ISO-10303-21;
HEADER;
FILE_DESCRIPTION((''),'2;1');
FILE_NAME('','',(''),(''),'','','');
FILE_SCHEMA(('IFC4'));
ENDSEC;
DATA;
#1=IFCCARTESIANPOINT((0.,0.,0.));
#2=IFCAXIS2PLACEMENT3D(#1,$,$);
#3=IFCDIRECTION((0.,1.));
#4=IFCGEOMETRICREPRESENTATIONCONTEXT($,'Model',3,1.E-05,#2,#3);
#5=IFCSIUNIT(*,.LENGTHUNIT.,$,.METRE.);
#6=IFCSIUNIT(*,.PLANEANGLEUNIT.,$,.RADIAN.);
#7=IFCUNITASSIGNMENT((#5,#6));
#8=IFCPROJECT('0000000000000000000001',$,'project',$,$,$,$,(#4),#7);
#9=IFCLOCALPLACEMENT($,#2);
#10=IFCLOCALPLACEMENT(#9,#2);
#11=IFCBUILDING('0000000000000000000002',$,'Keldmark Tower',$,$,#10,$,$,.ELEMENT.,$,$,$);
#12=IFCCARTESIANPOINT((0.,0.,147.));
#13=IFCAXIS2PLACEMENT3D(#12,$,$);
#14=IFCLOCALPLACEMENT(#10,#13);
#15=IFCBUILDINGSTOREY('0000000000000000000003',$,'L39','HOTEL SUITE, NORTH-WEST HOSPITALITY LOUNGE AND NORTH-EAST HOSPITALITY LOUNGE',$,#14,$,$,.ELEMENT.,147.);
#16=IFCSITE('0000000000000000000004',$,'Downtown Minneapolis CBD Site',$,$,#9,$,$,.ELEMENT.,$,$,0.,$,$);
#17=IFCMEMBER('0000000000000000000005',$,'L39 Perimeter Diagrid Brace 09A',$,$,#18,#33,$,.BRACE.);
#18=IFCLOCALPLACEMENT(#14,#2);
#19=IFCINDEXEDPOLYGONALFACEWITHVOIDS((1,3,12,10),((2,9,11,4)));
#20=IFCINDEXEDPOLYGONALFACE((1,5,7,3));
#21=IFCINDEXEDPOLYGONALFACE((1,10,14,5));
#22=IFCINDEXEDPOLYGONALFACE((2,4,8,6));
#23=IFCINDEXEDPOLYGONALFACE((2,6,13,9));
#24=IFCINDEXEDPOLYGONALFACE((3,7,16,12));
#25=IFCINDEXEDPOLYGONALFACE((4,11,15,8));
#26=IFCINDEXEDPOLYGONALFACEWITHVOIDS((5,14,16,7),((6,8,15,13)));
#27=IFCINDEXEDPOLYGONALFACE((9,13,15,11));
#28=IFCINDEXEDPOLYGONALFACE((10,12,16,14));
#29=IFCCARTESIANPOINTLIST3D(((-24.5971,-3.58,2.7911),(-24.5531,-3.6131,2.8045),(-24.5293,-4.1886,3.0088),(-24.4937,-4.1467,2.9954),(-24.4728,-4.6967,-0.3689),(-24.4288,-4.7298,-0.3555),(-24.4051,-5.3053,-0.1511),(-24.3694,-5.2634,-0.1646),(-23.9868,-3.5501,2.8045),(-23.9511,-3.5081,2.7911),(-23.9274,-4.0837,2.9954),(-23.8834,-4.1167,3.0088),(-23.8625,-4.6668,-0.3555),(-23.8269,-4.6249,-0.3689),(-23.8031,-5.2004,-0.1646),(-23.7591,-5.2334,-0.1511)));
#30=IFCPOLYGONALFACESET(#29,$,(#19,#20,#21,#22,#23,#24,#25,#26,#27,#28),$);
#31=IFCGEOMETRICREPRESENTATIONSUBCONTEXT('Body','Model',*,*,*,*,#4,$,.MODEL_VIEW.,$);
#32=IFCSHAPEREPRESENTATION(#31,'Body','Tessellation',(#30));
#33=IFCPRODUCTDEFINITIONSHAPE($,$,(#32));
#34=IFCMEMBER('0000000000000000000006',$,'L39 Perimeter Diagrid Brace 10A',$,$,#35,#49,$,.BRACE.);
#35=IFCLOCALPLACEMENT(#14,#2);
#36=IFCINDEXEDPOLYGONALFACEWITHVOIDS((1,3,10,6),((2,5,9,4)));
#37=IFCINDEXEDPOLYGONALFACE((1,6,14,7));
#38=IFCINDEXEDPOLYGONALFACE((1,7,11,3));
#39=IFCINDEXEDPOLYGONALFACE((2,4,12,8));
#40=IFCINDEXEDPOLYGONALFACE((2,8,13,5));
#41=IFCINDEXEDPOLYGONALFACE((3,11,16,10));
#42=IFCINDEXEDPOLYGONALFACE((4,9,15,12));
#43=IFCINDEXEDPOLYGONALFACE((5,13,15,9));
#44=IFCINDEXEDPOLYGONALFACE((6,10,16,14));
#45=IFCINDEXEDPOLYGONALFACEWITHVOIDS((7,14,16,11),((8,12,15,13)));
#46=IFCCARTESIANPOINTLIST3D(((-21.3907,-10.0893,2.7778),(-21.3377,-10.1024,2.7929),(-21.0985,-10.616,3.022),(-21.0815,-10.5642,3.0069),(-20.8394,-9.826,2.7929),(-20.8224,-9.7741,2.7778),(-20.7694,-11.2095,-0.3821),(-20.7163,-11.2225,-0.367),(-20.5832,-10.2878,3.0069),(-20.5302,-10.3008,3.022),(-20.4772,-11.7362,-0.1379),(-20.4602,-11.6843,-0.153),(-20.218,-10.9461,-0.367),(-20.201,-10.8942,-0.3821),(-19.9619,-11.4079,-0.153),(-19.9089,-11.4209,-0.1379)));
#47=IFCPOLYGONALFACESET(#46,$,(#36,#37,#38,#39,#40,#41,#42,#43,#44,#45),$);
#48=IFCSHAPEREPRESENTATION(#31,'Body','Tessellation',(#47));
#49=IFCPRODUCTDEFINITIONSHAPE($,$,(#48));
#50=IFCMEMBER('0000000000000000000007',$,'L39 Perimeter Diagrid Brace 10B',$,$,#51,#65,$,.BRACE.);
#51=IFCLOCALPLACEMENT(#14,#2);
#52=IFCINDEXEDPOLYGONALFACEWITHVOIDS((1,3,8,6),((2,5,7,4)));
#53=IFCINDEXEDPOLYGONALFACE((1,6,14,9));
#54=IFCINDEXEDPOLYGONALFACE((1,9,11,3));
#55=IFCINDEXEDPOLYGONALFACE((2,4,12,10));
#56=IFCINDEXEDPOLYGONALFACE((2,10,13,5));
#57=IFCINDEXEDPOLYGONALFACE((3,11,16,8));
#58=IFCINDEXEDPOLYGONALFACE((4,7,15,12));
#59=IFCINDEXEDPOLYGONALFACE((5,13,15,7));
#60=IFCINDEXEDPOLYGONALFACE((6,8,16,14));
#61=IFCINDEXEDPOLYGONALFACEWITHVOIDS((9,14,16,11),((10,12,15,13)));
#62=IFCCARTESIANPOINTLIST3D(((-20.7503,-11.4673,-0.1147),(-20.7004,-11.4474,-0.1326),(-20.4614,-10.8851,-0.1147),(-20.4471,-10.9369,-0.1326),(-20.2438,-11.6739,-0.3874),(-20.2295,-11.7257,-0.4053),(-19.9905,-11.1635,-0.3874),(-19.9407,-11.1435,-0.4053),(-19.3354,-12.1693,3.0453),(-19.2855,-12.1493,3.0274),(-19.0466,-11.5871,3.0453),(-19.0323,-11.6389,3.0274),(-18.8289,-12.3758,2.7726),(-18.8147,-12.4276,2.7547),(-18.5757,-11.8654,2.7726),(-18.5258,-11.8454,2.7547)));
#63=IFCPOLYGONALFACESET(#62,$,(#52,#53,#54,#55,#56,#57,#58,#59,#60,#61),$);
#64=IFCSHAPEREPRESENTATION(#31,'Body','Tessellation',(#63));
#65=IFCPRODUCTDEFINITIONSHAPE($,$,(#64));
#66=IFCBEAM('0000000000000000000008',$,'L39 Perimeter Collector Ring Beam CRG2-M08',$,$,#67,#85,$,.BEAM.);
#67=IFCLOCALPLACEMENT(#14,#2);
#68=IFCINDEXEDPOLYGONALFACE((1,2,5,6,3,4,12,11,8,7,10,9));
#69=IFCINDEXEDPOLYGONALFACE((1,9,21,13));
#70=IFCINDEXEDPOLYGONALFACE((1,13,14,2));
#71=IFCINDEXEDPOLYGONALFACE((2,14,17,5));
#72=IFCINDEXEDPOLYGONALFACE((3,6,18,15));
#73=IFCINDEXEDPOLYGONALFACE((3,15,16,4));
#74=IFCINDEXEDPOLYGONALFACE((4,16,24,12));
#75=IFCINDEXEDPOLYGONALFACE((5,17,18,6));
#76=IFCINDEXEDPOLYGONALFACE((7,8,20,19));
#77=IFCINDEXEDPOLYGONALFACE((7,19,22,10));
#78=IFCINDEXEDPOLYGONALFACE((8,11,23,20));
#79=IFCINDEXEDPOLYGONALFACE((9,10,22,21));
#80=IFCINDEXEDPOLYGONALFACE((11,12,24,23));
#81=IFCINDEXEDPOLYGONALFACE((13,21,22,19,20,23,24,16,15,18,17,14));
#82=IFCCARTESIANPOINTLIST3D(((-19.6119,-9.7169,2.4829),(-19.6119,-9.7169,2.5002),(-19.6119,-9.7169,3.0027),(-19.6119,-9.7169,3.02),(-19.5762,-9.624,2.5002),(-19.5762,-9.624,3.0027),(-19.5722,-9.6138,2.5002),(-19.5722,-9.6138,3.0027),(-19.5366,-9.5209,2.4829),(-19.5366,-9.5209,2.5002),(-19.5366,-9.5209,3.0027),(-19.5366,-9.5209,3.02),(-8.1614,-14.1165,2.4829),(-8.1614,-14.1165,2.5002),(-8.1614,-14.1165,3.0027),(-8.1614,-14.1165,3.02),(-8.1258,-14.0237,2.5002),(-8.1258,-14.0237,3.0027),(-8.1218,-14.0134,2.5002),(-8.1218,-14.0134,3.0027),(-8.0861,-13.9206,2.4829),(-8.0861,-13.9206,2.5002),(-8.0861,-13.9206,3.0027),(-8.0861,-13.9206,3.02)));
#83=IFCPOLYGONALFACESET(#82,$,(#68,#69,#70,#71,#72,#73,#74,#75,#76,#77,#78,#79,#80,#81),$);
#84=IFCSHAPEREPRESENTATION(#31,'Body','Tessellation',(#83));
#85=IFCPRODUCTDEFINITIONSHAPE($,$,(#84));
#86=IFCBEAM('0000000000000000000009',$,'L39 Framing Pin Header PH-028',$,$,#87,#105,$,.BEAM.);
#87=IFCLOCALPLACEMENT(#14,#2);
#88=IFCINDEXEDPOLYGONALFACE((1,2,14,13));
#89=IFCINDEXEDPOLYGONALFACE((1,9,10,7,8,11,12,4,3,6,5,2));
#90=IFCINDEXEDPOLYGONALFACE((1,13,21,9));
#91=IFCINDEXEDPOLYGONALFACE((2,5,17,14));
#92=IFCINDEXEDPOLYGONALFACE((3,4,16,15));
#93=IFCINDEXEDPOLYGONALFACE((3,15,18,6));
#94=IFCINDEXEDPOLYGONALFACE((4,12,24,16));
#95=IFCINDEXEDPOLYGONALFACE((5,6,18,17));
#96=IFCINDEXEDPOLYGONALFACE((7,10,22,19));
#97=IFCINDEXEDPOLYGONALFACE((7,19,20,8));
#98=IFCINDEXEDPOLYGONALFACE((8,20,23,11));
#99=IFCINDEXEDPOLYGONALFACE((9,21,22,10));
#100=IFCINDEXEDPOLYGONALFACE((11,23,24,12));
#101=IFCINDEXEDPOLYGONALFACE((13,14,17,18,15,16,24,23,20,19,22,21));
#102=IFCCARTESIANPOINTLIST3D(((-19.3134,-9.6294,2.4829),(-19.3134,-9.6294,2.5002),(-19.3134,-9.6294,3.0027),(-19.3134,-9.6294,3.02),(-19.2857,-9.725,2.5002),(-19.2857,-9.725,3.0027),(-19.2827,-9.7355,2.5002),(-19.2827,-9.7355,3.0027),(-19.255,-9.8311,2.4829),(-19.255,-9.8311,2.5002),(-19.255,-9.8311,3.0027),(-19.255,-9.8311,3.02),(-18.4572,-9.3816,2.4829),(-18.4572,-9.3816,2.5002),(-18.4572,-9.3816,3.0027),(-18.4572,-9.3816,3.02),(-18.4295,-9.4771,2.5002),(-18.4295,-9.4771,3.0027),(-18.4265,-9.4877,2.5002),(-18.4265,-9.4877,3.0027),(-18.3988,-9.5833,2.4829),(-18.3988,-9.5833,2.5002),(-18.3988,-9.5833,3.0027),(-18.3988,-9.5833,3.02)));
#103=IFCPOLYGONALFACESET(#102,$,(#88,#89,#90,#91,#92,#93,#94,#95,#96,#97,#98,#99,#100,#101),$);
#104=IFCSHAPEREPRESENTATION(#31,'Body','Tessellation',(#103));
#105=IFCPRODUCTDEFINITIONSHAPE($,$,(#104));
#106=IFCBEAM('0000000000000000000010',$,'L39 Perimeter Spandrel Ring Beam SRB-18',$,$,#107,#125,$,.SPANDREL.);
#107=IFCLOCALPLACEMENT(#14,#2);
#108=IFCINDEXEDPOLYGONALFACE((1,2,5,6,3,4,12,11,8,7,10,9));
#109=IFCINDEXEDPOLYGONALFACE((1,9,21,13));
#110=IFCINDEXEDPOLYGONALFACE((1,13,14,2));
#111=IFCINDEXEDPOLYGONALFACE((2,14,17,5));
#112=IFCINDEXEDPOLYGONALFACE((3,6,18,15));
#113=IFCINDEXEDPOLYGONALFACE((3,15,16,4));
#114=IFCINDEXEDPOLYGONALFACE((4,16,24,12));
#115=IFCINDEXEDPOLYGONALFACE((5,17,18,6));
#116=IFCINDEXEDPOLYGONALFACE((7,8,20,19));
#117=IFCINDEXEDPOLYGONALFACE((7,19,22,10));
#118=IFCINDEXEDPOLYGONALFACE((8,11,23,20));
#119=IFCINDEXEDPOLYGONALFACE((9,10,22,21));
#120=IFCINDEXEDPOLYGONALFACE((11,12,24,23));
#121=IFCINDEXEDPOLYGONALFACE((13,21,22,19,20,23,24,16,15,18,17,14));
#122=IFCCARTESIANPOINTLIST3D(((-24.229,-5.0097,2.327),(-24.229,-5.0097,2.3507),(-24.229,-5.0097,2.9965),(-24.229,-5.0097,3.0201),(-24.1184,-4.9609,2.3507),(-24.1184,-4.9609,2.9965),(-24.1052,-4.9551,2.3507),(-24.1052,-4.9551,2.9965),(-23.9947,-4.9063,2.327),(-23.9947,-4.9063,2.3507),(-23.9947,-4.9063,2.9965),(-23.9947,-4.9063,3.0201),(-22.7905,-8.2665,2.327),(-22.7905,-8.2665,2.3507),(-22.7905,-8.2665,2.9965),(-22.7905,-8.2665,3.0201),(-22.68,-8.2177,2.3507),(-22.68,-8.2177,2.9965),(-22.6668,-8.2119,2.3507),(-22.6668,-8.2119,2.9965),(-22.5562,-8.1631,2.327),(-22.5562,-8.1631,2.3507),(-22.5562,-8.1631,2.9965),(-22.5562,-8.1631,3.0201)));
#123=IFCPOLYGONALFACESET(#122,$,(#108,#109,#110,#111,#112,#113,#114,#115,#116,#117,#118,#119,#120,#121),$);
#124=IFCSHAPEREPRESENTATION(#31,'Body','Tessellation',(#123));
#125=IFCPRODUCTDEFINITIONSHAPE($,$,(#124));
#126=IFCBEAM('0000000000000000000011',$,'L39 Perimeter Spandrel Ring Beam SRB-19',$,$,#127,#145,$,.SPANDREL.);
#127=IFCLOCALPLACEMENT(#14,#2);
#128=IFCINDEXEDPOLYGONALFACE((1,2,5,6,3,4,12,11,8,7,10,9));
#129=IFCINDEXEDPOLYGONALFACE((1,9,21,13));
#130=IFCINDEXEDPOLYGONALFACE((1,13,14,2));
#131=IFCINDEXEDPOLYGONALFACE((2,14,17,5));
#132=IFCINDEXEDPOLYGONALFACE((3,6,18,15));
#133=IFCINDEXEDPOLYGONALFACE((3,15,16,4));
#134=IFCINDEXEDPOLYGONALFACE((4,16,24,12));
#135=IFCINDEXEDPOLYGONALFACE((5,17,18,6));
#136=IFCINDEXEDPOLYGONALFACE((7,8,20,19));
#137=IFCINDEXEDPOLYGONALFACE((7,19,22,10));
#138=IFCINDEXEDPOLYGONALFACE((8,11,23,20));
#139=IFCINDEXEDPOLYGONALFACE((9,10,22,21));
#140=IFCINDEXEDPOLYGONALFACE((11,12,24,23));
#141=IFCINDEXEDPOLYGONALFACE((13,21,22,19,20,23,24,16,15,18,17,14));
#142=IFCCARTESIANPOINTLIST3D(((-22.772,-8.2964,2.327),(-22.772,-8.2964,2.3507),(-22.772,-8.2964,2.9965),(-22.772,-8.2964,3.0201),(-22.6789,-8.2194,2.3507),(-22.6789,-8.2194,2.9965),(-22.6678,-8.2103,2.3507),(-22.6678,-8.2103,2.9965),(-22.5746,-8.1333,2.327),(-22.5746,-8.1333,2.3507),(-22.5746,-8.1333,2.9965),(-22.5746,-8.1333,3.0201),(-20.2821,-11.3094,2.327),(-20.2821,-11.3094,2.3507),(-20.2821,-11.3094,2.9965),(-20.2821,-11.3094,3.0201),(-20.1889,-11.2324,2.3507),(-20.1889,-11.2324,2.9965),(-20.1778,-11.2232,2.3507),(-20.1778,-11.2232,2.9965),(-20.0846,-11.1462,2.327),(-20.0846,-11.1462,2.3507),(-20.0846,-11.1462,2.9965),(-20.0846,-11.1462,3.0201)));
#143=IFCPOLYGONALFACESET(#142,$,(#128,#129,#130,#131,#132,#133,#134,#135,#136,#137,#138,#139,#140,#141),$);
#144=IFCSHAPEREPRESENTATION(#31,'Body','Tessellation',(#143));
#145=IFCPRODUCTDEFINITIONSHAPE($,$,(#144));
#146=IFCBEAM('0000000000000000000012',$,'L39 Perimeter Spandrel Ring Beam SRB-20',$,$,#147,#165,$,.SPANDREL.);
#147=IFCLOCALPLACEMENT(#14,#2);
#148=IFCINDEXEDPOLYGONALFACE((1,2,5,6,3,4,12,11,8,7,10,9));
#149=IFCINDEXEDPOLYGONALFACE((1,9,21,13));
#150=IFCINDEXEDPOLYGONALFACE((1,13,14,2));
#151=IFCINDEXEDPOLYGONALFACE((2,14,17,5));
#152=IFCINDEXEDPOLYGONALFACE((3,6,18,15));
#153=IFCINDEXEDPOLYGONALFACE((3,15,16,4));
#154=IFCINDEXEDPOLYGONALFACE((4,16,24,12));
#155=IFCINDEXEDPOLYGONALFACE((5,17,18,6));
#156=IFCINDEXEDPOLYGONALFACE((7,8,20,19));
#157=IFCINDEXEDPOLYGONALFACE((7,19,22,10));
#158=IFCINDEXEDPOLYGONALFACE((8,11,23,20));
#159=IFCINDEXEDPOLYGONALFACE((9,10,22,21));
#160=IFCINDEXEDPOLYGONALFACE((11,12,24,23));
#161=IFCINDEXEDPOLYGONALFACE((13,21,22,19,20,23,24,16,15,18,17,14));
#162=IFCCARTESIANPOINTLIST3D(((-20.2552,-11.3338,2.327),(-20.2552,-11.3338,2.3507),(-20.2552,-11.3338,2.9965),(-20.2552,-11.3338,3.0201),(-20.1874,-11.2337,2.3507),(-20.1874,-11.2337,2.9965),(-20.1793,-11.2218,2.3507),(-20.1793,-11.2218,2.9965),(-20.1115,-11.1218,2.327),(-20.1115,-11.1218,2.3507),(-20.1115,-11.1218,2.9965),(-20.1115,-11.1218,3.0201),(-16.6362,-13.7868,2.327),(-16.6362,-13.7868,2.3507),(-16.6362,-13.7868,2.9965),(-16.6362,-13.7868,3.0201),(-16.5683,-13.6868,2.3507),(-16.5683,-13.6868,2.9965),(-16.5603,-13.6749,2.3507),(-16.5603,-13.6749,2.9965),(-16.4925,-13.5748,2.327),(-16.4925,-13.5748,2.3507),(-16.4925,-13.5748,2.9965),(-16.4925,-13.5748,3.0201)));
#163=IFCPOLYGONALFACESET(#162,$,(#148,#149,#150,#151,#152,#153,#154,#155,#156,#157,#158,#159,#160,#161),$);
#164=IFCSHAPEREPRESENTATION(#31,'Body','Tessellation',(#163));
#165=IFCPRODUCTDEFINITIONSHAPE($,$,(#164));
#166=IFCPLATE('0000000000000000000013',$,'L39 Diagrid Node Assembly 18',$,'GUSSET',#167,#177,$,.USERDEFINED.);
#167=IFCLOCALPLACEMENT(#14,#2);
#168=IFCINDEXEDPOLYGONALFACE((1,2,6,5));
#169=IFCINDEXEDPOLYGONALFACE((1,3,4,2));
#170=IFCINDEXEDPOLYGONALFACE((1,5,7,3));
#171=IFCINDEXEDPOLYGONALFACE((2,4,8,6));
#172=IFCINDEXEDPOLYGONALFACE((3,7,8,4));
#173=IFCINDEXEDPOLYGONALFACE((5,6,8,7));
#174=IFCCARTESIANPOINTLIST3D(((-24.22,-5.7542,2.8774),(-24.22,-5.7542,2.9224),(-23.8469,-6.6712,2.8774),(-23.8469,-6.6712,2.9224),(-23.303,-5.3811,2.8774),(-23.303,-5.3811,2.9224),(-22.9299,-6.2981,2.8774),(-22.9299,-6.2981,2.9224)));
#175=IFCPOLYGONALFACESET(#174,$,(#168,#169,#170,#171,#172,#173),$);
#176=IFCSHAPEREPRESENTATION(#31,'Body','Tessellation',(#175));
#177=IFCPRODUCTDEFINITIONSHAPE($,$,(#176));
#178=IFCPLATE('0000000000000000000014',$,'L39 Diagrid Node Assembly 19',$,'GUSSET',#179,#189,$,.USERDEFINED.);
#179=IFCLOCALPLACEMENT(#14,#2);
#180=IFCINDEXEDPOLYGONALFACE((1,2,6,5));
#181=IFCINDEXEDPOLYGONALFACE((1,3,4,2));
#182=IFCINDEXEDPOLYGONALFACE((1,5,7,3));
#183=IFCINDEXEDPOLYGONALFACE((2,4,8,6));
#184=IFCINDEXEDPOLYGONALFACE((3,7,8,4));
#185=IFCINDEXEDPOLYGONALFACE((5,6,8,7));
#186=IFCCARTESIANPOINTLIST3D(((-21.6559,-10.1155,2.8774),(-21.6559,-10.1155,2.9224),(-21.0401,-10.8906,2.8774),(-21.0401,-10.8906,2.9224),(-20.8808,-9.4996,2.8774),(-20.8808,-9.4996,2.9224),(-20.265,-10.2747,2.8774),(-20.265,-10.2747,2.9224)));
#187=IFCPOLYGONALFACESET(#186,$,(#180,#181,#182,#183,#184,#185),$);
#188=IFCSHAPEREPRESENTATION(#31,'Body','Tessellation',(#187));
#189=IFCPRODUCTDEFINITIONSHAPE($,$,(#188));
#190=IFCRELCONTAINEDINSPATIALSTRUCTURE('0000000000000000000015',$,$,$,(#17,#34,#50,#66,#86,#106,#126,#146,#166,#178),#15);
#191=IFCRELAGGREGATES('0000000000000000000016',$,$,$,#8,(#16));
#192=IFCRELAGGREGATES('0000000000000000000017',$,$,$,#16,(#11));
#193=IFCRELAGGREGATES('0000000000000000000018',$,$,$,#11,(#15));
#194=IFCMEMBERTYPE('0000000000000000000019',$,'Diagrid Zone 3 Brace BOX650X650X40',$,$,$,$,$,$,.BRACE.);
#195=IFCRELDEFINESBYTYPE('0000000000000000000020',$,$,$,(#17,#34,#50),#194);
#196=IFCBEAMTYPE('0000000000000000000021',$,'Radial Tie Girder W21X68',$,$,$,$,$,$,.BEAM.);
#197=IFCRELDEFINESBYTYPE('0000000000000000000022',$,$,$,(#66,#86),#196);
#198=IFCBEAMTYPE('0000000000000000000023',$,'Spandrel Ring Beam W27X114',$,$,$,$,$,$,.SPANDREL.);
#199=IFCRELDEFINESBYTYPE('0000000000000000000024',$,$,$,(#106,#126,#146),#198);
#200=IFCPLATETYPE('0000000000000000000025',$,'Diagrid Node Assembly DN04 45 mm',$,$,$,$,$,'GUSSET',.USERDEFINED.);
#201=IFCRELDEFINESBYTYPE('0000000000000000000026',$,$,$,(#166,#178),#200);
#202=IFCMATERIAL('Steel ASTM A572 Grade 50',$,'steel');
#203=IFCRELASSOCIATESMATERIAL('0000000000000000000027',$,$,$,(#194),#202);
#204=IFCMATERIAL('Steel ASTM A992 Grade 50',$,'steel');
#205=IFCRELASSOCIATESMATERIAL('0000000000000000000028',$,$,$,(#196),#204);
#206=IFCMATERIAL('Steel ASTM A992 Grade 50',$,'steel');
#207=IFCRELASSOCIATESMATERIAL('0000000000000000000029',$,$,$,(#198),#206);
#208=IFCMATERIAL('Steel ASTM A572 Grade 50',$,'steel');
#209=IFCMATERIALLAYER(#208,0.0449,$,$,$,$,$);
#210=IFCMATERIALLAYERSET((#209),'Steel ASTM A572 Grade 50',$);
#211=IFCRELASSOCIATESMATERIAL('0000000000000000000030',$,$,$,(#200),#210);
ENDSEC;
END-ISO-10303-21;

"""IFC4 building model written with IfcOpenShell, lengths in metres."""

from ifc_helpers import new_model, si_unit, direction, frame, origin, origin_2d, place, context, subcontext, project, spatial, rectangle, hollow_rectangle, i_section, extrude, material, layer, layer_set, material_profile, profile_set, type_object, element, save


model = new_model("IFC4")

# Units and contexts
model_context = context("Model", 3, precision=1e-05, world=origin(), true_north=direction((0.0, 1.0)))
body_context = subcontext(model_context, "Body", "Model", "MODEL_VIEW")
ifc_project = project(units=[si_unit("LENGTHUNIT", "METRE"), si_unit("PLANEANGLEUNIT", "RADIAN")], contexts=[model_context])

# Site, building, storey
site_placement = place(None, origin())
site = spatial("IfcSite", under=ifc_project, at=site_placement, Name="Downtown Minneapolis CBD Site", CompositionType="ELEMENT", RefElevation=0.0)
building_placement = place(site_placement, origin())
building = spatial("IfcBuilding", under=site, at=building_placement, Name="Keldmark Tower", CompositionType="ELEMENT")
storey_placement = place(building_placement, frame((0.0, 0.0, 147.0)))
storey = spatial("IfcBuildingStorey", under=building, at=storey_placement, Name="L39", Description="HOTEL SUITE, NORTH-WEST HOSPITALITY LOUNGE AND NORTH-EAST HOSPITALITY LOUNGE", CompositionType="ELEMENT", Elevation=147.0)

# Members
ifc_material_1 = material(Name="Steel ASTM A572 Grade 50", Category="steel")
ifc_material_profile_1 = material_profile(ifc_material_1, hollow_rectangle(XDim=0.6499, YDim=0.6499, WallThickness=0.04, at=origin_2d()), Name="BOX650X650X40")
ifc_profile_set_1 = profile_set([ifc_material_profile_1], Name="Steel ASTM A572 Grade 50")
member_type = type_object("IfcMemberType", Name="Diagrid Zone 3 Brace BOX650X650X40", PredefinedType="BRACE", material=ifc_profile_set_1)
member_1_placement = place(storey_placement, frame((-24.116, -4.9651, -0.26), z_axis=(-0.037054, 0.332972, 0.942208), x_axis=(-0.993865, -0.110598, 0.0)))
element("IfcMember", 1, at=member_1_placement, inside=storey, type_object=member_type, Name="L39 Perimeter Diagrid Brace 09A", PredefinedType="BRACE", context=body_context, shape_type="SweptSolid", body=[
    extrude(hollow_rectangle(XDim=0.6499, YDim=0.6499, WallThickness=0.04, at=origin_2d()), origin(), (0.0, 0.0, 1.0), 3.3538),
])
member_2_placement = place(storey_placement, frame((-20.3391, -11.3152, -0.26), z_axis=(-0.182229, 0.328513, 0.926753), x_axis=(-0.874472, -0.485076, 0.0)))
element("IfcMember", 2, at=member_2_placement, inside=storey, type_object=member_type, Name="L39 Perimeter Diagrid Brace 10A", PredefinedType="BRACE", context=body_context, shape_type="SweptSolid", body=[
    extrude(hollow_rectangle(XDim=0.6499, YDim=0.6499, WallThickness=0.04, at=origin_2d()), origin(), (0.0, 0.0, 1.0), 3.4097),
])
member_3_placement = place(storey_placement, frame((-20.3455, -11.3054, -0.26), z_axis=(0.400495, -0.198693, 0.894497), x_axis=(0.444429, 0.895814, 0.0)))
element("IfcMember", 3, at=member_3_placement, inside=storey, type_object=member_type, Name="L39 Perimeter Diagrid Brace 10B", PredefinedType="BRACE", context=body_context, shape_type="SweptSolid", body=[
    extrude(hollow_rectangle(XDim=0.6499, YDim=0.6499, WallThickness=0.04, at=origin_2d()), origin(), (0.0, 0.0, 1.0), 3.5327),
])

# Beams
ifc_material_2 = material(Name="Steel ASTM A992 Grade 50", Category="steel")
ifc_material_profile_2 = material_profile(ifc_material_2, i_section(OverallWidth=0.21, OverallDepth=0.5371, WebThickness=0.011, FlangeThickness=0.0173, at=origin_2d()), Name="W21X68")
ifc_profile_set_2 = profile_set([ifc_material_profile_2], Name="Steel ASTM A992 Grade 50")
beam_type_1 = type_object("IfcBeamType", Name="Radial Tie Girder W21X68", PredefinedType="BEAM", material=ifc_profile_set_2)
beam_1_placement = place(storey_placement, frame((-19.5742, -9.6189, 2.7515), z_axis=(0.933465, -0.35867, 0.0), x_axis=(0.35867, 0.933465, 0.0)))
element("IfcBeam", 4, at=beam_1_placement, inside=storey, type_object=beam_type_1, Name="L39 Perimeter Collector Ring Beam CRG2-M08", PredefinedType="BEAM", context=body_context, shape_type="SweptSolid", body=[
    extrude(i_section(OverallWidth=0.21, OverallDepth=0.5371, WebThickness=0.011, FlangeThickness=0.0173, at=origin_2d()), origin(), (0.0, 0.0, 1.0), 12.2666),
])
beam_2_placement = place(storey_placement, frame((-18.428, -9.4824, 2.7515), z_axis=(-0.960578, -0.278012, 0.0), x_axis=(0.278012, -0.960578, 0.0)))
element("IfcBeam", 5, at=beam_2_placement, inside=storey, type_object=beam_type_1, Name="L39 Framing Pin Header PH-028", PredefinedType="BEAM", context=body_context, shape_type="SweptSolid", body=[
    extrude(i_section(OverallWidth=0.21, OverallDepth=0.5371, WebThickness=0.011, FlangeThickness=0.0173, at=origin_2d()), origin(), (0.0, 0.0, 1.0), 0.8914),
])
ifc_material_3 = material(Name="Steel ASTM A992 Grade 50", Category="steel")
ifc_material_profile_3 = material_profile(ifc_material_3, i_section(OverallWidth=0.2561, OverallDepth=0.6931, WebThickness=0.0144, FlangeThickness=0.0237, at=origin_2d()), Name="W27X114")
ifc_profile_set_3 = profile_set([ifc_material_profile_3], Name="Steel ASTM A992 Grade 50")
beam_type_2 = type_object("IfcBeamType", Name="Spandrel Ring Beam W27X114", PredefinedType="SPANDREL", material=ifc_profile_set_3)
beam_3_placement = place(storey_placement, frame((-24.1118, -4.958, 2.6736), z_axis=(0.404025, -0.914748, 0.0), x_axis=(0.914748, 0.404025, 0.0)))
element("IfcBeam", 6, at=beam_3_placement, inside=storey, type_object=beam_type_2, Name="L39 Perimeter Spandrel Ring Beam SRB-18", PredefinedType="SPANDREL", context=body_context, shape_type="SweptSolid", body=[
    extrude(i_section(OverallWidth=0.2561, OverallDepth=0.6931, WebThickness=0.0144, FlangeThickness=0.0237, at=origin_2d()), origin(), (0.0, 0.0, 1.0), 3.5603),
])
beam_4_placement = place(storey_placement, frame((-22.6733, -8.2148, 2.6736), z_axis=(0.63704, -0.770831, 0.0), x_axis=(0.770831, 0.63704, 0.0)))
element("IfcBeam", 7, at=beam_4_placement, inside=storey, type_object=beam_type_2, Name="L39 Perimeter Spandrel Ring Beam SRB-19", PredefinedType="SPANDREL", context=body_context, shape_type="SweptSolid", body=[
    extrude(i_section(OverallWidth=0.2561, OverallDepth=0.6931, WebThickness=0.0144, FlangeThickness=0.0237, at=origin_2d()), origin(), (0.0, 0.0, 1.0), 3.9087),
])
beam_5_placement = place(storey_placement, frame((-20.1833, -11.2278, 2.6736), z_axis=(0.827765, -0.561075, 0.0), x_axis=(0.561075, 0.827765, 0.0)))
element("IfcBeam", 8, at=beam_5_placement, inside=storey, type_object=beam_type_2, Name="L39 Perimeter Spandrel Ring Beam SRB-20", PredefinedType="SPANDREL", context=body_context, shape_type="SweptSolid", body=[
    extrude(i_section(OverallWidth=0.2561, OverallDepth=0.6931, WebThickness=0.0144, FlangeThickness=0.0237, at=origin_2d()), origin(), (0.0, 0.0, 1.0), 4.3721),
])

# Plates
ifc_material_4 = material(Name="Steel ASTM A572 Grade 50", Category="steel")
ifc_layer_1 = layer(ifc_material_4, 0.0449)
ifc_layer_set_1 = layer_set([ifc_layer_1], Name="Steel ASTM A572 Grade 50")
plate_type = type_object("IfcPlateType", Name="Diagrid Node Assembly DN04 45 mm", ElementType="GUSSET", PredefinedType="USERDEFINED", material=ifc_layer_set_1)
for number, where, z_axis, x_axis, name in (
    (9, (-23.575, -6.0261, 2.8774), (0.0, 0.0, 1.0), (0.376871, -0.926266, 0.0), "L39 Diagrid Node Assembly 18"),
    (10, (-20.9604, -10.1951, 2.8774), (0.0, 0.0, 1.0), (0.622105, -0.782934, 0.0), "L39 Diagrid Node Assembly 19"),
):
    element("IfcPlate", number, at=place(storey_placement, frame(where, z_axis=z_axis, x_axis=x_axis)), inside=storey, type_object=plate_type, Name=name, ObjectType="GUSSET", PredefinedType="USERDEFINED", context=body_context, shape_type="SweptSolid", body=[
        extrude(rectangle(XDim=0.99, YDim=0.99, at=origin_2d()), origin(), (0.0, 0.0, 1.0), 0.0449),
    ])

save(model, "model.ifc")
